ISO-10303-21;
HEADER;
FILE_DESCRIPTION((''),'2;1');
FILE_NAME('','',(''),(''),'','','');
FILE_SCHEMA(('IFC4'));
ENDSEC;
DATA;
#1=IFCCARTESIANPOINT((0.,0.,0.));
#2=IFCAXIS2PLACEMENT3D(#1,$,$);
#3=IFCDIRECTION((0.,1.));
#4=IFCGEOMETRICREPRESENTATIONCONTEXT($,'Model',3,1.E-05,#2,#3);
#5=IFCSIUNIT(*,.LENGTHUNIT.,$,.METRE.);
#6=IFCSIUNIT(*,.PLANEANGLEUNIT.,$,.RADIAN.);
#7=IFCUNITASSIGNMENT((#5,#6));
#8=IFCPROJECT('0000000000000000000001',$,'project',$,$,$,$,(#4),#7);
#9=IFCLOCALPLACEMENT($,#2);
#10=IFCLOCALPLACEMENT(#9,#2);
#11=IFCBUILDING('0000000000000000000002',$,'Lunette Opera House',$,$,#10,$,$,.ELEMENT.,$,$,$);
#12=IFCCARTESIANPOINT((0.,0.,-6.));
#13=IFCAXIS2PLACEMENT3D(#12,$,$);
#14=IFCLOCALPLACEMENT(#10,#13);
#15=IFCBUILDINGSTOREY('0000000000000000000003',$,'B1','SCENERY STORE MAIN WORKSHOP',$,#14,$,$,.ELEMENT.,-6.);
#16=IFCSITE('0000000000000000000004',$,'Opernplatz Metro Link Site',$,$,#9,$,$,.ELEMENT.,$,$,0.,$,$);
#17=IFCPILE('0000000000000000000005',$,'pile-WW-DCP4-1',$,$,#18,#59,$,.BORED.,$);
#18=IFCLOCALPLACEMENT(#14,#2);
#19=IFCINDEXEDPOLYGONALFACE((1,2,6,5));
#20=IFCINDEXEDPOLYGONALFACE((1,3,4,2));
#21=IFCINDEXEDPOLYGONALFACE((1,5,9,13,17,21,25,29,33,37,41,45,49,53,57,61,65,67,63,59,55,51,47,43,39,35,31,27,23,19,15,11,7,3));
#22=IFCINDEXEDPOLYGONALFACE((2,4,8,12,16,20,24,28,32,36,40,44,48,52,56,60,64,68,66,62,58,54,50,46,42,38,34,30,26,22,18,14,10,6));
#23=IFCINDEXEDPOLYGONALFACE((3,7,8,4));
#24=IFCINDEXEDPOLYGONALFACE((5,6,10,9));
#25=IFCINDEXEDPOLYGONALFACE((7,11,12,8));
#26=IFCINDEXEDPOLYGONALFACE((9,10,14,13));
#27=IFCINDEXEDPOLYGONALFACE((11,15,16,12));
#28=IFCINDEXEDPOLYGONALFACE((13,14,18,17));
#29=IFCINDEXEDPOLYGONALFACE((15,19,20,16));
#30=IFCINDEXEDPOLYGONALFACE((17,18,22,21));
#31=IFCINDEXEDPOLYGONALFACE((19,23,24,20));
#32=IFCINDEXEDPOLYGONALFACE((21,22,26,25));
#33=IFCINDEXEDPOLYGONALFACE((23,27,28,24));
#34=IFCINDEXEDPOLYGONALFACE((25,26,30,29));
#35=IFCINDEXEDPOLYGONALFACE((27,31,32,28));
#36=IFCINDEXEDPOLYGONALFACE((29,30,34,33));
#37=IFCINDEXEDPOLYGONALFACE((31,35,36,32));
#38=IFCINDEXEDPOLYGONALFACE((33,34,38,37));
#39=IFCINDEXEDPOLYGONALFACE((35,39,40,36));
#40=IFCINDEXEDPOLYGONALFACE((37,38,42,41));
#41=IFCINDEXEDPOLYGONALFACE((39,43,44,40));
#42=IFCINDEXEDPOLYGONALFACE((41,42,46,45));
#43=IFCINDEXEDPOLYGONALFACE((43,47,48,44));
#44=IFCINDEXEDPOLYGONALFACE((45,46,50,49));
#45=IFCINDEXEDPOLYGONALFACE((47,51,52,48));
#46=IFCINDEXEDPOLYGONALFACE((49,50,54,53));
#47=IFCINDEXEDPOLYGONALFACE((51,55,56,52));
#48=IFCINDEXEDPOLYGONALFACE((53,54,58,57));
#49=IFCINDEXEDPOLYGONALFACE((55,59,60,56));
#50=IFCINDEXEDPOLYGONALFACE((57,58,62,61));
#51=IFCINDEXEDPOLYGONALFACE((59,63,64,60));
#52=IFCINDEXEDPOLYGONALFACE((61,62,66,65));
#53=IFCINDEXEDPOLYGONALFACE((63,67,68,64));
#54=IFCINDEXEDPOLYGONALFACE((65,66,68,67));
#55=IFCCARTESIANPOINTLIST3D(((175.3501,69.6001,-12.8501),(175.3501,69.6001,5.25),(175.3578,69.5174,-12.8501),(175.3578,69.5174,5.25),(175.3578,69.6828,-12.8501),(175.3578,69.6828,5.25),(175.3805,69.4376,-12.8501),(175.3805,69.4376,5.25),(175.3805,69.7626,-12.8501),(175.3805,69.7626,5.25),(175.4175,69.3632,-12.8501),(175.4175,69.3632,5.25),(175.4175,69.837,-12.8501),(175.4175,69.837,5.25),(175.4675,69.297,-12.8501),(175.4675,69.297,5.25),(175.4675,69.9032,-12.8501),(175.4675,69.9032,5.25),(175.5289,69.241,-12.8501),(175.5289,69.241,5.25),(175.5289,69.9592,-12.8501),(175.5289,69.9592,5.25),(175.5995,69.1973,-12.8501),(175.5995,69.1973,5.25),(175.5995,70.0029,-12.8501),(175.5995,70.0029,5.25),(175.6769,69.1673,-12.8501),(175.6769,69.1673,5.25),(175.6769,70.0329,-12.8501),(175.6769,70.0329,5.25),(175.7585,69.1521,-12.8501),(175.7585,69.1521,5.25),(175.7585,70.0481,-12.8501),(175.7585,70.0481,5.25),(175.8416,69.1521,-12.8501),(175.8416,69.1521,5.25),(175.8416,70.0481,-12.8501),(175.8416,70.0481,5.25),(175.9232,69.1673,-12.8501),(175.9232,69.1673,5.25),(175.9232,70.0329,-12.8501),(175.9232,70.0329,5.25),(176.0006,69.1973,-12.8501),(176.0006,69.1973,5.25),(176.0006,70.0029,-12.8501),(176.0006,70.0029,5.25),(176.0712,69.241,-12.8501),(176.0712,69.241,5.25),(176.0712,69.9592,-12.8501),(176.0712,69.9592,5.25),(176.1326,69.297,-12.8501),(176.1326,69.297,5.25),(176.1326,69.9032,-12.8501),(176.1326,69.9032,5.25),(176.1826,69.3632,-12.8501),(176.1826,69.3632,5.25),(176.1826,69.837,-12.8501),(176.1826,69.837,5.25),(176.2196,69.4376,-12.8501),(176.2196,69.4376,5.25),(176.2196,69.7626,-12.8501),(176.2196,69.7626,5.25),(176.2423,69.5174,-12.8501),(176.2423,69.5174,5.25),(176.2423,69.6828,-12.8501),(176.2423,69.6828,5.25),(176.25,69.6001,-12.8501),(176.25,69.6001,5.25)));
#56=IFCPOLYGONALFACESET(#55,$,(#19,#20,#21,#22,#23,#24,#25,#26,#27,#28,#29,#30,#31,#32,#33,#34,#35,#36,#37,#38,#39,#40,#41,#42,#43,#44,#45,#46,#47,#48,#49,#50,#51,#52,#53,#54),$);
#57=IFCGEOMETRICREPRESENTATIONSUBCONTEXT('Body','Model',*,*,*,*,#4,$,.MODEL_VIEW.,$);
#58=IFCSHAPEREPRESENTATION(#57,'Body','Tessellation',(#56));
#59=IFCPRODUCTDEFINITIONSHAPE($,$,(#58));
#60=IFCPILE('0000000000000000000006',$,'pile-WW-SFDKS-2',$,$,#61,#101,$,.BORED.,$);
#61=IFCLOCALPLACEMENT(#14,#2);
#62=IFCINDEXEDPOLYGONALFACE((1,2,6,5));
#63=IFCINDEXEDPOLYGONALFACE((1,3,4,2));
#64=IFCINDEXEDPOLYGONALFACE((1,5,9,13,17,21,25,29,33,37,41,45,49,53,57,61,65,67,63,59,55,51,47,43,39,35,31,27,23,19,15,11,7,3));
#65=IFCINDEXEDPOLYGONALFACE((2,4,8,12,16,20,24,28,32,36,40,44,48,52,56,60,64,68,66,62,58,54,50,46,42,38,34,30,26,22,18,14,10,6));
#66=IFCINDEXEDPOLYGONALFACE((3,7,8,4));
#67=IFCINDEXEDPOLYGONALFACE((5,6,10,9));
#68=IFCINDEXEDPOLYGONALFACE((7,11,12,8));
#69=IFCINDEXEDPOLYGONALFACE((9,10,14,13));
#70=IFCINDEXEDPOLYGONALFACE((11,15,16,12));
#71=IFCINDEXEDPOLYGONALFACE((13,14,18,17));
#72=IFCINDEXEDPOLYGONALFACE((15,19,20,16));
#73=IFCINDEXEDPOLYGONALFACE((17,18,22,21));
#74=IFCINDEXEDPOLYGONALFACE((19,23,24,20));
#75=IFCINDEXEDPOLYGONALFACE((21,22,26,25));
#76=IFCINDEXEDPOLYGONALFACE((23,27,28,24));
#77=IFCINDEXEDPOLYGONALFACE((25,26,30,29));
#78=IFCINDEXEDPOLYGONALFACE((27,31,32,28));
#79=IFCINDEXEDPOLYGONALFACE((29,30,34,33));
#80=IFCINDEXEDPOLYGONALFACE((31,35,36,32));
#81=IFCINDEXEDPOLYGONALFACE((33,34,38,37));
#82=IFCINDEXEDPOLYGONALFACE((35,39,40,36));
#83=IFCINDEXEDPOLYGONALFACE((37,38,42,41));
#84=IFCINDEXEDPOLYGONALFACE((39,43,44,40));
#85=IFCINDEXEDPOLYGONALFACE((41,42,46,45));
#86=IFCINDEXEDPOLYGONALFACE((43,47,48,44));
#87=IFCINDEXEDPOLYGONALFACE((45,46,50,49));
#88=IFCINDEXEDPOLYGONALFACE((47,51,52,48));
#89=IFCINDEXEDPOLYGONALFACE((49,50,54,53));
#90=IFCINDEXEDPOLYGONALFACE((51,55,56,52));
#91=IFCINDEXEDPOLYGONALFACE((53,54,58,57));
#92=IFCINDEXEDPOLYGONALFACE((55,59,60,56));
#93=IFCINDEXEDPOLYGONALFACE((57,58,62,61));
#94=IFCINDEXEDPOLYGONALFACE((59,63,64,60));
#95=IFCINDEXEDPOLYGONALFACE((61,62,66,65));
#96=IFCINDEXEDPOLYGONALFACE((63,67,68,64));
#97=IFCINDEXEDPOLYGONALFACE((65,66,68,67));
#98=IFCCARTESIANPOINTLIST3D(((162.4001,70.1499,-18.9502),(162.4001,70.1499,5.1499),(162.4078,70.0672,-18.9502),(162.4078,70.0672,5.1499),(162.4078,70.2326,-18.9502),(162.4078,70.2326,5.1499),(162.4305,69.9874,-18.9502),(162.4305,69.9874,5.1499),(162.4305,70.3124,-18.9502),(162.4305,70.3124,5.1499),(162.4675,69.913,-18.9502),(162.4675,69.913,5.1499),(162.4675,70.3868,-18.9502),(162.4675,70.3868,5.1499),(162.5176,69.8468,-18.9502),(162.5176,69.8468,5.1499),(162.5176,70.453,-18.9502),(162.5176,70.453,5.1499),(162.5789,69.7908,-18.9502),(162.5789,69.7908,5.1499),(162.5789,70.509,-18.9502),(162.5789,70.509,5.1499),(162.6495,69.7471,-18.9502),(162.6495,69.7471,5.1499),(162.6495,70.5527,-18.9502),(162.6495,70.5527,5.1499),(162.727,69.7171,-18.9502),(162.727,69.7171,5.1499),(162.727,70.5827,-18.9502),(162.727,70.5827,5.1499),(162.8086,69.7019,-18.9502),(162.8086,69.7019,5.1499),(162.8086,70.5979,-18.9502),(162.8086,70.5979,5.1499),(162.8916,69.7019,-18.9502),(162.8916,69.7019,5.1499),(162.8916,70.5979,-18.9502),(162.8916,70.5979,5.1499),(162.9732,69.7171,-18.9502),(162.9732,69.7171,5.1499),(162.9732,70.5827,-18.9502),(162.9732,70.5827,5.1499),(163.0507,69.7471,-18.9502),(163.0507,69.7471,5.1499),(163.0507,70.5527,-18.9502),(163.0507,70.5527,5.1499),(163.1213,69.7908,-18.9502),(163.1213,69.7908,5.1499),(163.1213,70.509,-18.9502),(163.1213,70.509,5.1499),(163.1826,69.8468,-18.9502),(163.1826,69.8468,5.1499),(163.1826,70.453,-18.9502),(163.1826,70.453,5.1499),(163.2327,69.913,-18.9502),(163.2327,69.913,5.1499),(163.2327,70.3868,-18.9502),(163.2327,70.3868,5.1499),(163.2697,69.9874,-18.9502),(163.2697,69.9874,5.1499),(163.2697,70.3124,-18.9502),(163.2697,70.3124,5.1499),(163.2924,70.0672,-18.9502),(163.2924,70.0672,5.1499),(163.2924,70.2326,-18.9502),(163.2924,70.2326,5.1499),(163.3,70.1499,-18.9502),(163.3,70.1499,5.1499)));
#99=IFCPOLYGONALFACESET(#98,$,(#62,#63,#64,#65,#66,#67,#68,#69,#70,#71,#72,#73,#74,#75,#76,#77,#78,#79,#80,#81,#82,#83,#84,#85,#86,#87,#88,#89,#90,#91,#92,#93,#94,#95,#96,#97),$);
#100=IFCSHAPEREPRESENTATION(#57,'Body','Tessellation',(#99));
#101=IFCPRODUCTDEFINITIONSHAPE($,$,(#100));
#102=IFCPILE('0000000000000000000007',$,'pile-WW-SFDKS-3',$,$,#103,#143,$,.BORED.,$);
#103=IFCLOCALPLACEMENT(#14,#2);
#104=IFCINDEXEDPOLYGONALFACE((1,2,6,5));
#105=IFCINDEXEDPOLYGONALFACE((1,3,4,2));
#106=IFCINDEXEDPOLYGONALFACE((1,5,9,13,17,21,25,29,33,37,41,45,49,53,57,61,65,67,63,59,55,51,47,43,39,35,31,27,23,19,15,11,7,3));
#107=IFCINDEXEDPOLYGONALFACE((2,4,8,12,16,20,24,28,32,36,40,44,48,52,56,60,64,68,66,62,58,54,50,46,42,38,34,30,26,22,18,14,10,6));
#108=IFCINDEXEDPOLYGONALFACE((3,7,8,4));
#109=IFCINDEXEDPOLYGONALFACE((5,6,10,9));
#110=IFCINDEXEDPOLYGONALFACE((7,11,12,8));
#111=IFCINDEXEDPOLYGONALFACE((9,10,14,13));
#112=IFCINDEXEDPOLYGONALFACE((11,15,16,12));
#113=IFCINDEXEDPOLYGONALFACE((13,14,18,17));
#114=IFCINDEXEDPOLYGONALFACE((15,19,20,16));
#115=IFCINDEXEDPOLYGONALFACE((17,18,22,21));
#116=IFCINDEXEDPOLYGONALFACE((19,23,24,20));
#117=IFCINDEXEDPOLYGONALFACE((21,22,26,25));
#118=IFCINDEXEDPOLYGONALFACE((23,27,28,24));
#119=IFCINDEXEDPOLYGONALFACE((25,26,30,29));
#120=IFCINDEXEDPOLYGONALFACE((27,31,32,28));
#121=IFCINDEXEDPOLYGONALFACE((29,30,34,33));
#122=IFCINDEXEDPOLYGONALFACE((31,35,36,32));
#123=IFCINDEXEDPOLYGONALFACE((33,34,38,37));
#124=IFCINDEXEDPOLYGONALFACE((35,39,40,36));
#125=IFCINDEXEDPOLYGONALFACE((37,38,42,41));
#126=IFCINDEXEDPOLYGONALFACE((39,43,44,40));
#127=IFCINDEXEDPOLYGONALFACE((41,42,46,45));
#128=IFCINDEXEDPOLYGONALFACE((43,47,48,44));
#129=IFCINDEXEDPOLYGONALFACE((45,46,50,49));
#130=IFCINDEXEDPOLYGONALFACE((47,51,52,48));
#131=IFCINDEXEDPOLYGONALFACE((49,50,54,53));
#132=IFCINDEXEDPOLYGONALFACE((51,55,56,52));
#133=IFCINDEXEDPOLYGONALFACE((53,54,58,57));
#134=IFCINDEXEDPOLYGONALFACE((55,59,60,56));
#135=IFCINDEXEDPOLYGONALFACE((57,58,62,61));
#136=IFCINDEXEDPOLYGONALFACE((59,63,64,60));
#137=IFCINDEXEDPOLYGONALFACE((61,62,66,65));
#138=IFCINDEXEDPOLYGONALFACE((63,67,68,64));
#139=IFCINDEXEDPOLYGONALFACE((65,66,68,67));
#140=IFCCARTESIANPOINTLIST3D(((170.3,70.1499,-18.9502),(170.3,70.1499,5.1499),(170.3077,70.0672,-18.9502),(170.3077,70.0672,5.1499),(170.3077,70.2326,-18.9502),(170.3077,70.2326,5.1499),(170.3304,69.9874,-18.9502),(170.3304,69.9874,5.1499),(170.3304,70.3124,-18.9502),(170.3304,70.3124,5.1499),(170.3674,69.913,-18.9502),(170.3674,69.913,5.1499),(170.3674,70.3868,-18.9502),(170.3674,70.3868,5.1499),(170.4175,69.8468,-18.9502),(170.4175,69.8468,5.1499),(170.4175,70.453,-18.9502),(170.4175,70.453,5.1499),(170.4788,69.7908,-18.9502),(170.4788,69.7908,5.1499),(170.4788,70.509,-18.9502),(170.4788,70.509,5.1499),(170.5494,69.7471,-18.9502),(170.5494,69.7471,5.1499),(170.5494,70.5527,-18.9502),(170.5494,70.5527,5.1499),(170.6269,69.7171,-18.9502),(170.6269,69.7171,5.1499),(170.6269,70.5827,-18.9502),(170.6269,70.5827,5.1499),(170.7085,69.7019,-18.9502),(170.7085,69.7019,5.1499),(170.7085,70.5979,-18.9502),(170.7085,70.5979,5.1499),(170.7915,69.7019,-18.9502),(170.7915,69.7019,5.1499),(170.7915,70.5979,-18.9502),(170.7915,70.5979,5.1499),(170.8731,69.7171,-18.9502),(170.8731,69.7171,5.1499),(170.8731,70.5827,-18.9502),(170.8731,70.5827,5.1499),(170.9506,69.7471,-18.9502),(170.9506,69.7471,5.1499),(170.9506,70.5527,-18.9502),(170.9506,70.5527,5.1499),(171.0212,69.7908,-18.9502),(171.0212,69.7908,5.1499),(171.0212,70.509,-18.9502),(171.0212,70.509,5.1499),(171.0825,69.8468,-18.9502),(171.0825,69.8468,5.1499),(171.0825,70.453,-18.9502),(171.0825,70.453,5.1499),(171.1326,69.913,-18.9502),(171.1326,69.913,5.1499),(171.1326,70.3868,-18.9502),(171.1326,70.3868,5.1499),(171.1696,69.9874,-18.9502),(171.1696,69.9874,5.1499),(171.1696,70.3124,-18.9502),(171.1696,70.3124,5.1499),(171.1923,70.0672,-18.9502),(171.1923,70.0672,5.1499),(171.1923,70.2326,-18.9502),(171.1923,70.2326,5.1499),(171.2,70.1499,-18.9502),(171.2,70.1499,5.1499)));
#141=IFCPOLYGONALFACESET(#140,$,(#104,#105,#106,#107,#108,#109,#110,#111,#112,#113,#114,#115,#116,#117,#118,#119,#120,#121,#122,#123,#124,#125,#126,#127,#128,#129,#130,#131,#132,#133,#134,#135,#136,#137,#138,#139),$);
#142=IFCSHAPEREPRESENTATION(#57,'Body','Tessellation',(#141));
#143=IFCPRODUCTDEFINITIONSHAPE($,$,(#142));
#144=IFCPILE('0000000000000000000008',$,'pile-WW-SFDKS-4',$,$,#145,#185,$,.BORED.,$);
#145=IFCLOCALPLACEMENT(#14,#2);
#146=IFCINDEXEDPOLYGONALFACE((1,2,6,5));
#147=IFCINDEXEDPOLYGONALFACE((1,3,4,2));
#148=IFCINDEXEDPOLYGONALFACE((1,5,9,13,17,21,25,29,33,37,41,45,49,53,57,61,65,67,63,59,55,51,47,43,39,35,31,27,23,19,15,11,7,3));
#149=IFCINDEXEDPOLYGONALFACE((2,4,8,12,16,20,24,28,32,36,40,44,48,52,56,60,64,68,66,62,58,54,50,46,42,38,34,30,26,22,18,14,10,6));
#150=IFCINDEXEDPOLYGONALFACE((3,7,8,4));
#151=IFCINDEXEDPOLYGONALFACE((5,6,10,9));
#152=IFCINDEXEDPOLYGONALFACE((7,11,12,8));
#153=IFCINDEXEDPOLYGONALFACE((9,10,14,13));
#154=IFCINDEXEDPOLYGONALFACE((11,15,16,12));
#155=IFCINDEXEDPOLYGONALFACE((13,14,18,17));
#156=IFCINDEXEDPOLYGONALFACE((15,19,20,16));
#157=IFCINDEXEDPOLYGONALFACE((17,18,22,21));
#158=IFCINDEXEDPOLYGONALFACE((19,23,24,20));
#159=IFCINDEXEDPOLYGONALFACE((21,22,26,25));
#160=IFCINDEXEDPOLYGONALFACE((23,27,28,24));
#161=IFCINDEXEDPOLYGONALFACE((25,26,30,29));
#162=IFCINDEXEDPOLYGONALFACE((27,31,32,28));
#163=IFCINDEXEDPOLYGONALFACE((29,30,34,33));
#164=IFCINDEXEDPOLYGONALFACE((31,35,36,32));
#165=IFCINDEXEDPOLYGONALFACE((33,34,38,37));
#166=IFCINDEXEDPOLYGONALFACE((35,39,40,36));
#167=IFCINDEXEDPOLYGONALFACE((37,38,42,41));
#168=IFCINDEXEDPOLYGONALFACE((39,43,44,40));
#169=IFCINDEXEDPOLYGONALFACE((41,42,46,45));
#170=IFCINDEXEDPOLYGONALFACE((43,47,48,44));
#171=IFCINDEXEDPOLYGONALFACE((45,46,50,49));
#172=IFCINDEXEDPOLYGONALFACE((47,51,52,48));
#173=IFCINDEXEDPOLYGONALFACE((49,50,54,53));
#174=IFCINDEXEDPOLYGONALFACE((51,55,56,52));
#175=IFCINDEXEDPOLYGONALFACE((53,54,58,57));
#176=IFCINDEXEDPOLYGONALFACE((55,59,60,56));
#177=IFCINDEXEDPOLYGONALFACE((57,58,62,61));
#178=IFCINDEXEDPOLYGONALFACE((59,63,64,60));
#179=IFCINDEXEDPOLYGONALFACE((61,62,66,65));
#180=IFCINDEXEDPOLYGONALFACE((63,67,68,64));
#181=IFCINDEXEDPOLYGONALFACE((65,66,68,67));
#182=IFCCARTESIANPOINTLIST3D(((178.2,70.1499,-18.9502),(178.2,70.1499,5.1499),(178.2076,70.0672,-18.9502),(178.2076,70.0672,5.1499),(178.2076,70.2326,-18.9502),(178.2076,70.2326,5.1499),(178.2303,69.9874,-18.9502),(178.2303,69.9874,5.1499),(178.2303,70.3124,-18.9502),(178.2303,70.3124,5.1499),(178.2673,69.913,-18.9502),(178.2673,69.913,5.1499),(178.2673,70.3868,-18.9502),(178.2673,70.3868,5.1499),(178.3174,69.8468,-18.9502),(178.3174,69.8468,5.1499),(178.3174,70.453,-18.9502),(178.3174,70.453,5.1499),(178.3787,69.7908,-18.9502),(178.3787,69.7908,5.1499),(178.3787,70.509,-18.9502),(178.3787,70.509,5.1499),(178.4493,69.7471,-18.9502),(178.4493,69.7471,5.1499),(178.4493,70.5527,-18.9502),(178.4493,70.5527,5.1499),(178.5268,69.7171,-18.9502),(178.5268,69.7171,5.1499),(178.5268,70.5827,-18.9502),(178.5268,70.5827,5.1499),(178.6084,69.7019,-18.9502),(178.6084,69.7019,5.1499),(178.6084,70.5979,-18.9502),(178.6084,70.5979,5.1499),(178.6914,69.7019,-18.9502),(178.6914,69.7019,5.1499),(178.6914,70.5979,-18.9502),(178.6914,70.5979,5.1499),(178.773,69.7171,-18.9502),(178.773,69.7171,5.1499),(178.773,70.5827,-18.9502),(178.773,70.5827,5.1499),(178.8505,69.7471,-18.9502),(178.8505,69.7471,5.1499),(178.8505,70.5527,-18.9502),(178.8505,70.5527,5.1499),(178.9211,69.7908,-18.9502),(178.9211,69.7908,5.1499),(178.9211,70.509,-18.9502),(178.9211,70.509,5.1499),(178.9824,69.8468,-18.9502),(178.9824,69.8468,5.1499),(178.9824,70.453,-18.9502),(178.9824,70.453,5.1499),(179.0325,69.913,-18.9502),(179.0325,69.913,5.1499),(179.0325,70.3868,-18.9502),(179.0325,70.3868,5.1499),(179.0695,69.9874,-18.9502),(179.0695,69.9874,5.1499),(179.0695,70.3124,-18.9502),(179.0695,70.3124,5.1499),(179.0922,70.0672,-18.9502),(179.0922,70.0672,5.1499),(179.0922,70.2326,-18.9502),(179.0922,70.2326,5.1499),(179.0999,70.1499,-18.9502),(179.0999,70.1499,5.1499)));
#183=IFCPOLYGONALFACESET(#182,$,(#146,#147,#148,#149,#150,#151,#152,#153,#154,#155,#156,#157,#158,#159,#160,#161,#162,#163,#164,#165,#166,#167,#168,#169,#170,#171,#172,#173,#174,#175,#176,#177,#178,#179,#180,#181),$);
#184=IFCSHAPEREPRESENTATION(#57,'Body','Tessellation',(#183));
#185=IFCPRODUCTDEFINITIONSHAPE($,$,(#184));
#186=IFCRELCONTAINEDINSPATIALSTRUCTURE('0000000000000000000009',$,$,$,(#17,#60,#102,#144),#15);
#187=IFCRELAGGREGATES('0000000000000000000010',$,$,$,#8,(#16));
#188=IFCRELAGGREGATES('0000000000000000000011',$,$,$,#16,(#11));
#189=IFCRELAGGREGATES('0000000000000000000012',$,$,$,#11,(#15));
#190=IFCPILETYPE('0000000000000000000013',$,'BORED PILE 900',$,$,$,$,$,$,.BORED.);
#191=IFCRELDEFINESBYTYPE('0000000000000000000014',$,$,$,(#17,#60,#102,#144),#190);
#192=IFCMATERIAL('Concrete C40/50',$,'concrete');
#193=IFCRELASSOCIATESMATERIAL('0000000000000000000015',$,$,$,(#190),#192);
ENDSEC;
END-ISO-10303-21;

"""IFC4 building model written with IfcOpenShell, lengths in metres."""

from ifc_helpers import new_model, si_unit, direction, frame, origin, origin_2d, place, context, subcontext, project, spatial, circle, extrude, material, material_profile, profile_set, type_object, element, save


model = new_model("IFC4")

# Units and contexts
model_context = context("Model", 3, precision=1e-05, world=origin(), true_north=direction((0.0, 1.0)))
body_context = subcontext(model_context, "Body", "Model", "MODEL_VIEW")
ifc_project = project(units=[si_unit("LENGTHUNIT", "METRE"), si_unit("PLANEANGLEUNIT", "RADIAN")], contexts=[model_context])

# Site, building, storey
site_placement = place(None, origin())
site = spatial("IfcSite", under=ifc_project, at=site_placement, Name="Opernplatz Metro Link Site", CompositionType="ELEMENT", RefElevation=0.0)
building_placement = place(site_placement, origin())
building = spatial("IfcBuilding", under=site, at=building_placement, Name="Lunette Opera House", CompositionType="ELEMENT")
storey_placement = place(building_placement, frame((0.0, 0.0, -6.0)))
storey = spatial("IfcBuildingStorey", under=building, at=storey_placement, Name="B1", Description="SCENERY STORE MAIN WORKSHOP", CompositionType="ELEMENT", Elevation=-6.0)

# Piles
ifc_material_1 = material(Name="Concrete C40/50", Category="concrete")
ifc_material_profile_1 = material_profile(ifc_material_1, circle(Radius=0.45, at=origin_2d()), Name="BORED PILE 900")
ifc_profile_set_1 = profile_set([ifc_material_profile_1], Name="Concrete C40/50")
pile_type = type_object("IfcPileType", Name="BORED PILE 900", PredefinedType="BORED", material=ifc_profile_set_1)
for number, where, z_axis, x_axis, name in (
    (1, (175.8, 69.6001, 5.25), (0.0, 0.0, -1.0), (1.0, 0.0, 0.0), "pile-WW-DCP4-1"),
):
    element("IfcPile", number, at=place(storey_placement, frame(where, z_axis=z_axis, x_axis=x_axis)), inside=storey, type_object=pile_type, Name=name, PredefinedType="BORED", context=body_context, shape_type="SweptSolid", body=[
        extrude(circle(Radius=0.45, at=origin_2d()), origin(), (0.0, 0.0, 1.0), 18.1001),
    ])
for number, where, z_axis, x_axis, name in (
    (2, (162.8501, 70.1499, 5.1499), (0.0, 0.0, -1.0), (1.0, 0.0, 0.0), "pile-WW-SFDKS-2"),
    (3, (170.75, 70.1499, 5.1499), (0.0, 0.0, -1.0), (1.0, 0.0, 0.0), "pile-WW-SFDKS-3"),
    (4, (178.6499, 70.1499, 5.1499), (0.0, 0.0, -1.0), (1.0, 0.0, 0.0), "pile-WW-SFDKS-4"),
):
    element("IfcPile", number, at=place(storey_placement, frame(where, z_axis=z_axis, x_axis=x_axis)), inside=storey, type_object=pile_type, Name=name, PredefinedType="BORED", context=body_context, shape_type="SweptSolid", body=[
        extrude(circle(Radius=0.45, at=origin_2d()), origin(), (0.0, 0.0, 1.0), 24.1001),
    ])

save(model, "model.ifc")
